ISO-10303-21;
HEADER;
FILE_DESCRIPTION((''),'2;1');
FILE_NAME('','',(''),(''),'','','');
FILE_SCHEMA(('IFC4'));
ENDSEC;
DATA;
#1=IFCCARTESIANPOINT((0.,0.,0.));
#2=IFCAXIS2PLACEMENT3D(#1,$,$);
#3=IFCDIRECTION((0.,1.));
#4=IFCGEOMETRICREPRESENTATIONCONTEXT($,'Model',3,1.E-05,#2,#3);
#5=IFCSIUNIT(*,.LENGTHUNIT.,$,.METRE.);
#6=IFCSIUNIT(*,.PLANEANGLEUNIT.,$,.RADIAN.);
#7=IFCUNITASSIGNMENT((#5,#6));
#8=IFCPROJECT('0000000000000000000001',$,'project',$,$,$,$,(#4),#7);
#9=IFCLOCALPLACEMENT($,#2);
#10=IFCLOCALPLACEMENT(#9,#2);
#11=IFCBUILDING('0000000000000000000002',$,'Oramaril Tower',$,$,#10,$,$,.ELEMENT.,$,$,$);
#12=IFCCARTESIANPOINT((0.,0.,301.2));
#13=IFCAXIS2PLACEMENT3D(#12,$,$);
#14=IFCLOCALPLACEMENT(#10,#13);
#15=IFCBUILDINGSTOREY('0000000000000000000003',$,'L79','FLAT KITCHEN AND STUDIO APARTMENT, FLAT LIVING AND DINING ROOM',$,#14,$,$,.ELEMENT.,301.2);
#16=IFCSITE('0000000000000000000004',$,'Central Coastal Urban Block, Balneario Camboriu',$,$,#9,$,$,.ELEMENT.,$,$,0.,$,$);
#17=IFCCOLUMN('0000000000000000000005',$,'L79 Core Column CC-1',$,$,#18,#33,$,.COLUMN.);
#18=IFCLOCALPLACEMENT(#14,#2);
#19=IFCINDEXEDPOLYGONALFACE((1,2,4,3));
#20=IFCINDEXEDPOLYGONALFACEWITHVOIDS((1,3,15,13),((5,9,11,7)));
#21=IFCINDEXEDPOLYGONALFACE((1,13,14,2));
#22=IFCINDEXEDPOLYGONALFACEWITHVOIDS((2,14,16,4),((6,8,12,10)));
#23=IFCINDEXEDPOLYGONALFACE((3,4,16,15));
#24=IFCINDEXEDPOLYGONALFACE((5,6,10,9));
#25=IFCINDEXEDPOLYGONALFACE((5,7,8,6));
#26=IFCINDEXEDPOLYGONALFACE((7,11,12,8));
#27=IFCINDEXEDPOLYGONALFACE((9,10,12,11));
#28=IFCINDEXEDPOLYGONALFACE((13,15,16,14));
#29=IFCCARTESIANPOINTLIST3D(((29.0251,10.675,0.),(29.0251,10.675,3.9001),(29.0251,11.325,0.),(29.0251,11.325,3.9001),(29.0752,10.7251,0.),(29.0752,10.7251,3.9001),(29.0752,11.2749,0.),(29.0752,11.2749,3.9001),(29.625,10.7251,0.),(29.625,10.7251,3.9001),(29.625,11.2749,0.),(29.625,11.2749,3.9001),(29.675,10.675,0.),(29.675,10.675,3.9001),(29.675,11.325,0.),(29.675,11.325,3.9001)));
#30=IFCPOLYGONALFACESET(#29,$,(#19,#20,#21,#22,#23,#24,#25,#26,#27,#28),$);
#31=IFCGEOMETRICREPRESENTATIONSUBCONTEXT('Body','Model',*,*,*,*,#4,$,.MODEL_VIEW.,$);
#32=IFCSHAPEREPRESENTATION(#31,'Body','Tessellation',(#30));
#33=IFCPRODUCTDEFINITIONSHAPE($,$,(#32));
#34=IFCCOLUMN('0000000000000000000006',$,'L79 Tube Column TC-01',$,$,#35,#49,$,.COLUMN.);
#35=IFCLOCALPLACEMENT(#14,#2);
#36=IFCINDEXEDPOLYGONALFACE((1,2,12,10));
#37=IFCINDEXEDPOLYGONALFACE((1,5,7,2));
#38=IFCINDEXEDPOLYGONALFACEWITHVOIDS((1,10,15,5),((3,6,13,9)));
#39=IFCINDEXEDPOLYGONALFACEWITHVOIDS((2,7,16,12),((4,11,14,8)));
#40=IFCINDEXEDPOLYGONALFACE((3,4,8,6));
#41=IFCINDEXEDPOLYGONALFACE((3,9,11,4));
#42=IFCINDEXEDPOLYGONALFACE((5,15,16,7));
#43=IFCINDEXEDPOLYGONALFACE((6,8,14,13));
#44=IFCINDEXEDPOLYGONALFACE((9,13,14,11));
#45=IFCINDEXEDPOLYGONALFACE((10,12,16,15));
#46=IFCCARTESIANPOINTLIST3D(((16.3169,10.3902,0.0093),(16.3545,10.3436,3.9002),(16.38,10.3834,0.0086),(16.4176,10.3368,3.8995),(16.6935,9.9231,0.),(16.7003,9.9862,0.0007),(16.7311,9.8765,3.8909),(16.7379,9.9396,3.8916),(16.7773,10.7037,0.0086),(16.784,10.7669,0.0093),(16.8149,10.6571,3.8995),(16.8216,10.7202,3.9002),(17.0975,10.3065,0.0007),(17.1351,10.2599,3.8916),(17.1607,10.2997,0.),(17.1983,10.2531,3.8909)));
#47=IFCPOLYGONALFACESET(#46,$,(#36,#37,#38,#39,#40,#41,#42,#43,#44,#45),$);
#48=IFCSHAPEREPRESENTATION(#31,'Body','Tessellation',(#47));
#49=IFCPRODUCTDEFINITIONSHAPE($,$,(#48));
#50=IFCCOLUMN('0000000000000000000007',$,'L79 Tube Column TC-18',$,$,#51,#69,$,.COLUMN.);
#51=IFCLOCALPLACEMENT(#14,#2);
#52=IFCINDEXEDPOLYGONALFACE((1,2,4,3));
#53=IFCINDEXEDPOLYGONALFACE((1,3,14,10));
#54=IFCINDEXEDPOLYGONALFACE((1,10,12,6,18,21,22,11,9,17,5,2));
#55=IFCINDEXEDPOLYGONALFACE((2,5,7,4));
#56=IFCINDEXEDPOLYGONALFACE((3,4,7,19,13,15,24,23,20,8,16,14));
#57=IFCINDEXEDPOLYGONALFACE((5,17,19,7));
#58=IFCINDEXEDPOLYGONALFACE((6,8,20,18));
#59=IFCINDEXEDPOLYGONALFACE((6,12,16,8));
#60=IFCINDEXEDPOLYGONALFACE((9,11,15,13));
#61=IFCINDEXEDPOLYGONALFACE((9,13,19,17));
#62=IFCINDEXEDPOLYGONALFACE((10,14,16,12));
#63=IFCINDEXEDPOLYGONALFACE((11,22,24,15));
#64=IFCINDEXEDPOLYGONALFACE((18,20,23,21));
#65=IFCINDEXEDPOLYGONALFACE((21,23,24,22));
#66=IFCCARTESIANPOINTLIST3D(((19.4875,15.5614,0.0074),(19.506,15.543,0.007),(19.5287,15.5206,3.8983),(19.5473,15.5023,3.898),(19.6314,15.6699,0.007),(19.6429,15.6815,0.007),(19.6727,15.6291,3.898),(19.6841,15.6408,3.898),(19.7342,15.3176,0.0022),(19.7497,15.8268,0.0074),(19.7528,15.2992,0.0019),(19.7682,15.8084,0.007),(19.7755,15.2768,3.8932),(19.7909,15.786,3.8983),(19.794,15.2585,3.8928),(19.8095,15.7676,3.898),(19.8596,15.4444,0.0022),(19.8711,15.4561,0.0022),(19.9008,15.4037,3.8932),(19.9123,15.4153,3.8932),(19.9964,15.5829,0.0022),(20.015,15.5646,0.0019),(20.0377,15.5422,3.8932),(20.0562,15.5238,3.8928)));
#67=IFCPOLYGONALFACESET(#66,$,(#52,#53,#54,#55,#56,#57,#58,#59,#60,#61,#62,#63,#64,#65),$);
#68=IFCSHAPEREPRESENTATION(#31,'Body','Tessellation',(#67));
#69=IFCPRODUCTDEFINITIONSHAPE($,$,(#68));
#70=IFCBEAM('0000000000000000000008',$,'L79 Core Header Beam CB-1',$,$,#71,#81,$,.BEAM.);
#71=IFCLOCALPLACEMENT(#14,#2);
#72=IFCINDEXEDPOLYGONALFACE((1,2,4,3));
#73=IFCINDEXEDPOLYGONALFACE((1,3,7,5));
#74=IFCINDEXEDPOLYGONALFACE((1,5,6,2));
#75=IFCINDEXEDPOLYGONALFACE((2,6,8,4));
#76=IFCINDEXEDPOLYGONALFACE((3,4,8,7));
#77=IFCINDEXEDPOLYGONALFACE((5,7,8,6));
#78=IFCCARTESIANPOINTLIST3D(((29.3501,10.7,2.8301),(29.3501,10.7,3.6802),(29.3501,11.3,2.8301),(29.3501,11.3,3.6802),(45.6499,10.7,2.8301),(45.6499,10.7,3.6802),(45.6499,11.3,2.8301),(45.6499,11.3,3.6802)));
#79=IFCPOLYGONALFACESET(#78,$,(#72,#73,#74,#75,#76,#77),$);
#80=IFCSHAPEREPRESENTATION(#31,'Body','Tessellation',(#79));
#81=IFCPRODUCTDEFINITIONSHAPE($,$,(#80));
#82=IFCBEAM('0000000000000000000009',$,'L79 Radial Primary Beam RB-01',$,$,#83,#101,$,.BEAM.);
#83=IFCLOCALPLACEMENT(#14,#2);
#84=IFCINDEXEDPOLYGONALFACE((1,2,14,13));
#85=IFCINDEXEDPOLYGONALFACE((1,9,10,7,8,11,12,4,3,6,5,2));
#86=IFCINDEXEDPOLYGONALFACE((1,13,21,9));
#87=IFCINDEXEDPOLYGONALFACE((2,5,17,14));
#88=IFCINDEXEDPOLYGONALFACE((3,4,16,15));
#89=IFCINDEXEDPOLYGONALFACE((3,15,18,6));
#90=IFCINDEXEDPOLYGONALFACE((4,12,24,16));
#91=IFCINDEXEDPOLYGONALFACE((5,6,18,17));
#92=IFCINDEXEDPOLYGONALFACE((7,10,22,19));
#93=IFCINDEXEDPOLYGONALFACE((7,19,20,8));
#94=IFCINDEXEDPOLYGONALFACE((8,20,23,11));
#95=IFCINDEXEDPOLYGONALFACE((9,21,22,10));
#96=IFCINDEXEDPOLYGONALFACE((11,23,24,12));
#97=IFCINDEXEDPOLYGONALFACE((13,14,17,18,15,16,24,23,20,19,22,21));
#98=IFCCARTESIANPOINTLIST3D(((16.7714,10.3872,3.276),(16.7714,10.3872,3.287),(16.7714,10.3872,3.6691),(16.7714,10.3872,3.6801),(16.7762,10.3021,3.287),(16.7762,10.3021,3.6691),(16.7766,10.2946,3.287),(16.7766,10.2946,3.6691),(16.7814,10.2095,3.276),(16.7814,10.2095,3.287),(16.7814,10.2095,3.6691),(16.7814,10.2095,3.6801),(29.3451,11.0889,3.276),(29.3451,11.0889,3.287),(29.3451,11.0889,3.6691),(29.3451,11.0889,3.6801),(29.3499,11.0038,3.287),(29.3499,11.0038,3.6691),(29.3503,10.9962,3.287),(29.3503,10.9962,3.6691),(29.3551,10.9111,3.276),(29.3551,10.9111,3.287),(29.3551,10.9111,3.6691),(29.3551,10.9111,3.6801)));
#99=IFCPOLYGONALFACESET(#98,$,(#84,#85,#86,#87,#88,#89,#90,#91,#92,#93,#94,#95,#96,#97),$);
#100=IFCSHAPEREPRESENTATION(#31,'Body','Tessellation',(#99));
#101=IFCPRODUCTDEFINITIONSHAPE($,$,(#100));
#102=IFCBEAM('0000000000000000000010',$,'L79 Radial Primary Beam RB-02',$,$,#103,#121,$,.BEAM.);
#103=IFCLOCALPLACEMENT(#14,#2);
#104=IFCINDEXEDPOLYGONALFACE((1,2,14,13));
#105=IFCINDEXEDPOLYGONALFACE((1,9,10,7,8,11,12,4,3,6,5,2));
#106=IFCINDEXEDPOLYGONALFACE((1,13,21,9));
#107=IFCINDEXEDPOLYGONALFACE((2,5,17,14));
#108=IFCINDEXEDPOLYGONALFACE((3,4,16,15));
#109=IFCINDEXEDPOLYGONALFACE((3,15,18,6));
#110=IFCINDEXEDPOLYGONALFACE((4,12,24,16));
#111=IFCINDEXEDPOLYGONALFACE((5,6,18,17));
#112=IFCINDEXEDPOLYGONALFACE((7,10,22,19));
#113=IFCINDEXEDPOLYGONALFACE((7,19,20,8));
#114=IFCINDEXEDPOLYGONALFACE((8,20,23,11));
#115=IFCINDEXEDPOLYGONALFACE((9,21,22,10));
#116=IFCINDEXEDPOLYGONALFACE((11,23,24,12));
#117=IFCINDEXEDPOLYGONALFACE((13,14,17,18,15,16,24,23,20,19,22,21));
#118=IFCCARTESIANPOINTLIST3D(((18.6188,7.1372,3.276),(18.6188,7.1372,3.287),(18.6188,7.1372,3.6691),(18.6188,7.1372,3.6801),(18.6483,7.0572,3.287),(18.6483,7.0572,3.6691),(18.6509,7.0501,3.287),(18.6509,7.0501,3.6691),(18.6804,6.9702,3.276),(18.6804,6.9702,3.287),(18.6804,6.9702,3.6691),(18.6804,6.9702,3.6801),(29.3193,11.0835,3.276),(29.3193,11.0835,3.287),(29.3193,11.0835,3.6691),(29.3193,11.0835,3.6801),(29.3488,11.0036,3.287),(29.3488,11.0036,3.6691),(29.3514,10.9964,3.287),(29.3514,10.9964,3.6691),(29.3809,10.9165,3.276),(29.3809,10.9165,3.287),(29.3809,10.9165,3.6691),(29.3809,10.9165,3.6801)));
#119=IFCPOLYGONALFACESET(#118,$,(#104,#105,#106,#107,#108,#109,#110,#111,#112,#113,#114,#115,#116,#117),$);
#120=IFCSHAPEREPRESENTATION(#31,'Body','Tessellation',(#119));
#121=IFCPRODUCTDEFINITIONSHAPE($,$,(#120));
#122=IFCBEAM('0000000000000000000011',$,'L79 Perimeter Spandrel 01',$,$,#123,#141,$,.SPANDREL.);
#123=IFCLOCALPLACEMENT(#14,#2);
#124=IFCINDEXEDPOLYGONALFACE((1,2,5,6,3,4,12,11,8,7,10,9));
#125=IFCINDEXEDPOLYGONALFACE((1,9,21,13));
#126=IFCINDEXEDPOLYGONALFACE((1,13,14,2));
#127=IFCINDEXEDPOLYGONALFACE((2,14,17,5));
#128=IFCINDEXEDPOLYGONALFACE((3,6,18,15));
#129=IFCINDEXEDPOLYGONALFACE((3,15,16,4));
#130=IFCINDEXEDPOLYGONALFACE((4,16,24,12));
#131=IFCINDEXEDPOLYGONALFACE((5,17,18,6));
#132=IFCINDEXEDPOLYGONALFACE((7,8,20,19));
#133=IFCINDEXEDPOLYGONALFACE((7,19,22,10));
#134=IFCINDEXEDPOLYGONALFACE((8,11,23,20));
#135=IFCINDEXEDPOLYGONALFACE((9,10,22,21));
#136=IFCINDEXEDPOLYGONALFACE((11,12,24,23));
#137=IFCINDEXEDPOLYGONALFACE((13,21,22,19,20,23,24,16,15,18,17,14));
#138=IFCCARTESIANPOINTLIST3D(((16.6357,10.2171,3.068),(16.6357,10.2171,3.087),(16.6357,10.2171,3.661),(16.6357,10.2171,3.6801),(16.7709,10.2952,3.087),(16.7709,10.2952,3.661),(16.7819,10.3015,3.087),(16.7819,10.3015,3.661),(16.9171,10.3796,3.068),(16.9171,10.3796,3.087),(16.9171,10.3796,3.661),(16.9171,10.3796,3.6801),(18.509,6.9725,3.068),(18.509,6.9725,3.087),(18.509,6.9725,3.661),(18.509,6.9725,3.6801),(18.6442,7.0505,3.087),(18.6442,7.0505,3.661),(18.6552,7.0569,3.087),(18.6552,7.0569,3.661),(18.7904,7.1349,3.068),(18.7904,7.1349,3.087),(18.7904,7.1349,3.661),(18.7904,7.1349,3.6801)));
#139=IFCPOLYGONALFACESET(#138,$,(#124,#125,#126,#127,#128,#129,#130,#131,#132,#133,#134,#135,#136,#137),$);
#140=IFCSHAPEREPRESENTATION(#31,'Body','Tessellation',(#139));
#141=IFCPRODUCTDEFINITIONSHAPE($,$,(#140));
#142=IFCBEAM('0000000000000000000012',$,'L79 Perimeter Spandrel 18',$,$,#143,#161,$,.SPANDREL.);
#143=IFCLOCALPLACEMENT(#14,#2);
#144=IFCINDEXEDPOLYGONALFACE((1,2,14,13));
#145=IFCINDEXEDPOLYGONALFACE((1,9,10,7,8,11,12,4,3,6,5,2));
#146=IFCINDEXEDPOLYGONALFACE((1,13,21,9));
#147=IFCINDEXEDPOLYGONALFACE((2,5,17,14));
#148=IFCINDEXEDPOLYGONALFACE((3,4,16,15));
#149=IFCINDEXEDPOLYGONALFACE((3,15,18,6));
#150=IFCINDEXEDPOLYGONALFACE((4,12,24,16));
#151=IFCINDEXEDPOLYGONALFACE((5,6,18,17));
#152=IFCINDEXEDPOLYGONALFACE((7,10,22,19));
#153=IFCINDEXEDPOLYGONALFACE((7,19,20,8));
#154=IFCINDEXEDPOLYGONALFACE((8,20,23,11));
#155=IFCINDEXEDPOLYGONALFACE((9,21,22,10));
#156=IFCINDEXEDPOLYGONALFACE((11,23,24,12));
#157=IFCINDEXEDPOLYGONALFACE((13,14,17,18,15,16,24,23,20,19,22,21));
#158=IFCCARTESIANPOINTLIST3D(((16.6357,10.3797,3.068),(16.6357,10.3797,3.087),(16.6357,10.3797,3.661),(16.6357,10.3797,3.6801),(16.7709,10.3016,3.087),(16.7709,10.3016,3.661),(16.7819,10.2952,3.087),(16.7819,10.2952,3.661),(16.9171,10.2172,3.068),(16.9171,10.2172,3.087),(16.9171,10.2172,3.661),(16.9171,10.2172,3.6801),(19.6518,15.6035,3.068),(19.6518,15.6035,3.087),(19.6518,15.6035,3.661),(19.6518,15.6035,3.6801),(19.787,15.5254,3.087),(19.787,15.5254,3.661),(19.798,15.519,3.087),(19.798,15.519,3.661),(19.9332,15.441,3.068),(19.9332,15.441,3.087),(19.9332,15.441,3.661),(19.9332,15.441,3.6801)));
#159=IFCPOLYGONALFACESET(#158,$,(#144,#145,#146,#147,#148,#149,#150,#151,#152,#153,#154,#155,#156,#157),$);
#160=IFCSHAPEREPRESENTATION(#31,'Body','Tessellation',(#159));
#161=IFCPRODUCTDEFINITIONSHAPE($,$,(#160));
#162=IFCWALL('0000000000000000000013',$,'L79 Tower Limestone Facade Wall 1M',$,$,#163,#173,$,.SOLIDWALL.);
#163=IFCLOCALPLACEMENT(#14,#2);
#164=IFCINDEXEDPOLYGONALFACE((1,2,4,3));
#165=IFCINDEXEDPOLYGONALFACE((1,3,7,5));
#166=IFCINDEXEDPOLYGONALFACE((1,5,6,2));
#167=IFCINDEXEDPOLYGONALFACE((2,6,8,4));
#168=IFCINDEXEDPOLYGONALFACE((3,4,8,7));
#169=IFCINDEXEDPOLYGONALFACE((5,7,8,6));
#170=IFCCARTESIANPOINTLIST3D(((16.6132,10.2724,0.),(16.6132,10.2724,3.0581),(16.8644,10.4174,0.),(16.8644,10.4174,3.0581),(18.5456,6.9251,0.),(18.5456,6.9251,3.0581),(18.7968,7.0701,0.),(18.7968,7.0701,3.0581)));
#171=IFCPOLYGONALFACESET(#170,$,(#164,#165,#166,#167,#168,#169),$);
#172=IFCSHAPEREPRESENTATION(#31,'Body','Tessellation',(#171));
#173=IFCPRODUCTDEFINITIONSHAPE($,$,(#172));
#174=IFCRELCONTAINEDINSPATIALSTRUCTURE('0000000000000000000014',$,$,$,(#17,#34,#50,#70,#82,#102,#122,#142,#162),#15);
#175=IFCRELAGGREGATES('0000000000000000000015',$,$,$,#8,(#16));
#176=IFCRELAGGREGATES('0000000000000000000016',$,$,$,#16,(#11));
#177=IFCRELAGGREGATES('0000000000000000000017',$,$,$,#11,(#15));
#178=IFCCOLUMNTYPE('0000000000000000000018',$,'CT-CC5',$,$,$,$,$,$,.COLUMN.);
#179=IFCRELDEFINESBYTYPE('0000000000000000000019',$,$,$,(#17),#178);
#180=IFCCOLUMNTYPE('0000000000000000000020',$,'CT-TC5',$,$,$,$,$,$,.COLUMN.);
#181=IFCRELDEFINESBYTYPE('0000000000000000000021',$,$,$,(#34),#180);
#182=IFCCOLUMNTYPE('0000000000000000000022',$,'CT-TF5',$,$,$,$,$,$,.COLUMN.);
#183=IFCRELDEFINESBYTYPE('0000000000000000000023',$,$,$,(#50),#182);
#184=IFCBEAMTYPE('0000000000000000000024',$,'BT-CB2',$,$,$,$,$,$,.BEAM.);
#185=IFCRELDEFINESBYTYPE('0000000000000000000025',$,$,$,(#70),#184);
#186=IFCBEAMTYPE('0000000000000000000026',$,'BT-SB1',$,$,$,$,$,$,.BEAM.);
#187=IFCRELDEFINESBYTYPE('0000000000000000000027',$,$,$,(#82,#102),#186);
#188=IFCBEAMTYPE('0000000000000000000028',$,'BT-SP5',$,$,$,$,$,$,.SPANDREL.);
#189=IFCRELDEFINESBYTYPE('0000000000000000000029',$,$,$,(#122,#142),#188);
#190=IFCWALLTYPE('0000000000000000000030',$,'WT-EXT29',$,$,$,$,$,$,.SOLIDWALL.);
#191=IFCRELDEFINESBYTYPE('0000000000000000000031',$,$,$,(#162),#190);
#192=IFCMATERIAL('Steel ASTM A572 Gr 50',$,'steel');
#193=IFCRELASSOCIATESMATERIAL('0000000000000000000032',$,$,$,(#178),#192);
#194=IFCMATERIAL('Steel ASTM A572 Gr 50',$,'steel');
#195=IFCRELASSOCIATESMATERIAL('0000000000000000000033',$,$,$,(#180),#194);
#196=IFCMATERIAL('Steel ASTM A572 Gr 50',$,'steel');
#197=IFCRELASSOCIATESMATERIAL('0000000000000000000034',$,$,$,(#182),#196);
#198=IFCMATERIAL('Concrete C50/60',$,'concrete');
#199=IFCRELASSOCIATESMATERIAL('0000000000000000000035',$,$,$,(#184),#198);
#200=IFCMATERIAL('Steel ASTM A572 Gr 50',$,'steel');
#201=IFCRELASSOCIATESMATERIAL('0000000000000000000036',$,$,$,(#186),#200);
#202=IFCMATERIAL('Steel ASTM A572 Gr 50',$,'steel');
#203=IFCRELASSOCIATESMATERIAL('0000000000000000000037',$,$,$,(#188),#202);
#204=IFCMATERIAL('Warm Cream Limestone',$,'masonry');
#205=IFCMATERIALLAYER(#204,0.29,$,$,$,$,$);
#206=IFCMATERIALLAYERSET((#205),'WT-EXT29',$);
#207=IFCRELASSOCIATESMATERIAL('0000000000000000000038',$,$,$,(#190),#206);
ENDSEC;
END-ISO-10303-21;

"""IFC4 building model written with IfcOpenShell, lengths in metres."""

from ifc_helpers import new_model, si_unit, direction, frame, frame_2d, origin, origin_2d, place, context, subcontext, project, spatial, rectangle, hollow_rectangle, i_section, extrude, material, layer, layer_set, material_profile, profile_set, type_object, element, save


model = new_model("IFC4")

# Units and contexts
model_context = context("Model", 3, precision=1e-05, world=origin(), true_north=direction((0.0, 1.0)))
body_context = subcontext(model_context, "Body", "Model", "MODEL_VIEW")
ifc_project = project(units=[si_unit("LENGTHUNIT", "METRE"), si_unit("PLANEANGLEUNIT", "RADIAN")], contexts=[model_context])

# Site, building, storey
site_placement = place(None, origin())
site = spatial("IfcSite", under=ifc_project, at=site_placement, Name="Central Coastal Urban Block, Balneario Camboriu", CompositionType="ELEMENT", RefElevation=0.0)
building_placement = place(site_placement, origin())
building = spatial("IfcBuilding", under=site, at=building_placement, Name="Oramaril Tower", CompositionType="ELEMENT")
storey_placement = place(building_placement, frame((0.0, 0.0, 301.2)))
storey = spatial("IfcBuildingStorey", under=building, at=storey_placement, Name="L79", Description="FLAT KITCHEN AND STUDIO APARTMENT, FLAT LIVING AND DINING ROOM", CompositionType="ELEMENT", Elevation=301.2)

# Columns
ifc_material_1 = material(Name="Steel ASTM A572 Gr 50", Category="steel")
ifc_material_profile_1 = material_profile(ifc_material_1, hollow_rectangle(XDim=0.6499, YDim=0.6499, WallThickness=0.05, at=origin_2d()), Name="BOX650X650X50")
ifc_profile_set_1 = profile_set([ifc_material_profile_1], Name="Steel ASTM A572 Gr 50")
column_type_1 = type_object("IfcColumnType", Name="CT-CC5", PredefinedType="COLUMN", material=ifc_profile_set_1)
column_1_placement = place(storey_placement, frame((29.3501, 11.0, 0.0), z_axis=(0.0, 0.0, 1.0), x_axis=(1.0, 0.0, 0.0)))
element("IfcColumn", 1, at=column_1_placement, inside=storey, type_object=column_type_1, Name="L79 Core Column CC-1", PredefinedType="COLUMN", context=body_context, shape_type="SweptSolid", body=[
    extrude(hollow_rectangle(XDim=0.6499, YDim=0.6499, WallThickness=0.05, at=origin_2d()), origin(), (0.0, 0.0, 1.0), 3.9001),
])
ifc_material_2 = material(Name="Steel ASTM A572 Gr 50", Category="steel")
ifc_material_profile_2 = material_profile(ifc_material_2, hollow_rectangle(XDim=0.6001, YDim=0.6001, WallThickness=0.0449, at=origin_2d()), Name="BOX600X600X45")
ifc_profile_set_2 = profile_set([ifc_material_profile_2], Name="Steel ASTM A572 Gr 50")
column_type_2 = type_object("IfcColumnType", Name="CT-TC5", PredefinedType="COLUMN", material=ifc_profile_set_2)
column_2_placement = place(storey_placement, frame((16.7388, 10.345, 0.0046), z_axis=(0.009662, -0.011983, 0.999882), x_axis=(0.778477, 0.627673, 0.0)))
element("IfcColumn", 2, at=column_2_placement, inside=storey, type_object=column_type_2, Name="L79 Tube Column TC-01", PredefinedType="COLUMN", context=body_context, shape_type="SweptSolid", body=[
    extrude(hollow_rectangle(XDim=0.6001, YDim=0.6001, WallThickness=0.0449, at=origin_2d()), origin(), (0.0, 0.0, 1.0), 3.8914),
])
ifc_material_3 = material(Name="Steel ASTM A572 Gr 50", Category="steel")
ifc_material_profile_3 = material_profile(ifc_material_3, i_section(OverallWidth=0.373, OverallDepth=0.373, WebThickness=0.0164, FlangeThickness=0.0261, at=origin_2d()), Name="W14X132")
ifc_profile_set_3 = profile_set([ifc_material_profile_3], Name="Steel ASTM A572 Gr 50")
column_type_3 = type_object("IfcColumnType", Name="CT-TF5", PredefinedType="COLUMN", material=ifc_profile_set_3)
column_3_placement = place(storey_placement, frame((19.7512, 15.563, 0.0046), z_axis=(0.010603, -0.010478, 0.999889), x_axis=(0.702885, 0.711303, 0.0)))
element("IfcColumn", 3, at=column_3_placement, inside=storey, type_object=column_type_3, Name="L79 Tube Column TC-18", PredefinedType="COLUMN", context=body_context, shape_type="SweptSolid", body=[
    extrude(i_section(OverallWidth=0.373, OverallDepth=0.373, WebThickness=0.0164, FlangeThickness=0.0261, at=origin_2d()), origin(), (0.0, 0.0, 1.0), 3.8914),
])

# Beams
ifc_material_4 = material(Name="Concrete C50/60", Category="concrete")
ifc_material_profile_4 = material_profile(ifc_material_4, rectangle(XDim=0.6001, YDim=0.8501, at=origin_2d()), Name="CB600X850")
ifc_profile_set_4 = profile_set([ifc_material_profile_4], Name="Concrete C50/60")
beam_type_1 = type_object("IfcBeamType", Name="BT-CB2", PredefinedType="BEAM", material=ifc_profile_set_4)
beam_1_placement = place(storey_placement, frame((29.3501, 11.0, 3.2551), z_axis=(1.0, 0.0, 0.0), x_axis=(0.0, 1.0, 0.0)))
element("IfcBeam", 4, at=beam_1_placement, inside=storey, type_object=beam_type_1, Name="L79 Core Header Beam CB-1", PredefinedType="BEAM", context=body_context, shape_type="SweptSolid", body=[
    extrude(rectangle(XDim=0.6001, YDim=0.8501, at=origin_2d()), origin(), (0.0, 0.0, 1.0), 16.2998),
])
ifc_material_5 = material(Name="Steel ASTM A572 Gr 50", Category="steel")
ifc_material_profile_5 = material_profile(ifc_material_5, i_section(OverallWidth=0.178, OverallDepth=0.4041, WebThickness=0.0076, FlangeThickness=0.011, at=origin_2d()), Name="W16X36")
ifc_profile_set_5 = profile_set([ifc_material_profile_5], Name="Steel ASTM A572 Gr 50")
beam_type_2 = type_object("IfcBeamType", Name="BT-SB1", PredefinedType="BEAM", material=ifc_profile_set_5)
beam_2_placement = place(storey_placement, frame((29.3501, 11.0, 3.478), z_axis=(-0.998447, -0.055717, 0.0), x_axis=(0.055717, -0.998447, 0.0)))
element("IfcBeam", 5, at=beam_2_placement, inside=storey, type_object=beam_type_2, Name="L79 Radial Primary Beam RB-01", PredefinedType="BEAM", context=body_context, shape_type="SweptSolid", body=[
    extrude(i_section(OverallWidth=0.178, OverallDepth=0.4041, WebThickness=0.0076, FlangeThickness=0.011, at=origin_2d()), origin(), (0.0, 0.0, 1.0), 12.5933),
])
beam_3_placement = place(storey_placement, frame((29.3501, 11.0, 3.478), z_axis=(-0.938229, -0.346016, 0.0), x_axis=(0.346016, -0.938229, 0.0)))
element("IfcBeam", 6, at=beam_3_placement, inside=storey, type_object=beam_type_2, Name="L79 Radial Primary Beam RB-02", PredefinedType="BEAM", context=body_context, shape_type="SweptSolid", body=[
    extrude(i_section(OverallWidth=0.178, OverallDepth=0.4041, WebThickness=0.0076, FlangeThickness=0.011, at=origin_2d()), origin(), (0.0, 0.0, 1.0), 11.405),
])
ifc_material_6 = material(Name="Steel ASTM A572 Gr 50", Category="steel")
ifc_material_profile_6 = material_profile(ifc_material_6, i_section(OverallWidth=0.325, OverallDepth=0.6121, WebThickness=0.0127, FlangeThickness=0.019, at=origin_2d()), Name="W24X104")
ifc_profile_set_6 = profile_set([ifc_material_profile_6], Name="Steel ASTM A572 Gr 50")
beam_type_3 = type_object("IfcBeamType", Name="BT-SP5", PredefinedType="SPANDREL", material=ifc_profile_set_6)
beam_4_placement = place(storey_placement, frame((16.7764, 10.2983, 3.374), z_axis=(0.500001, -0.866025, 0.0), x_axis=(0.866025, 0.500001, 0.0)))
element("IfcBeam", 7, at=beam_4_placement, inside=storey, type_object=beam_type_3, Name="L79 Perimeter Spandrel 01", PredefinedType="SPANDREL", context=body_context, shape_type="SweptSolid", body=[
    extrude(i_section(OverallWidth=0.325, OverallDepth=0.6121, WebThickness=0.0127, FlangeThickness=0.019, at=origin_2d()), origin(), (0.0, 0.0, 1.0), 3.7466),
])
beam_5_placement = place(storey_placement, frame((19.7925, 15.5222, 3.374), z_axis=(-0.500013, -0.866018, 0.0), x_axis=(0.866018, -0.500013, 0.0)))
element("IfcBeam", 8, at=beam_5_placement, inside=storey, type_object=beam_type_3, Name="L79 Perimeter Spandrel 18", PredefinedType="SPANDREL", context=body_context, shape_type="SweptSolid", body=[
    extrude(i_section(OverallWidth=0.325, OverallDepth=0.6121, WebThickness=0.0127, FlangeThickness=0.019, at=origin_2d()), origin(), (0.0, 0.0, 1.0), 6.032),
])

# Wall
ifc_material_7 = material(Name="Warm Cream Limestone", Category="masonry")
ifc_layer_1 = layer(ifc_material_7, 0.29)
ifc_layer_set_1 = layer_set([ifc_layer_1], Name="WT-EXT29")
wall_type_1 = type_object("IfcWallType", Name="WT-EXT29", PredefinedType="SOLIDWALL", material=ifc_layer_set_1)
wall_1_placement = place(storey_placement, frame((16.7388, 10.345, 0.0), z_axis=(0.0, 0.0, 1.0), x_axis=(0.499978, -0.866038, 0.0)))
element("IfcWall", 9, at=wall_1_placement, inside=storey, type_object=wall_type_1, Name="L79 Tower Limestone Facade Wall 1M", PredefinedType="SOLIDWALL", context=body_context, shape_type="SweptSolid", body=[
    extrude(rectangle(XDim=3.865, YDim=0.29, at=frame_2d((1.9326, 0.0))), origin(), (0.0, 0.0, 1.0), 3.0581),
])

save(model, "model.ifc")
